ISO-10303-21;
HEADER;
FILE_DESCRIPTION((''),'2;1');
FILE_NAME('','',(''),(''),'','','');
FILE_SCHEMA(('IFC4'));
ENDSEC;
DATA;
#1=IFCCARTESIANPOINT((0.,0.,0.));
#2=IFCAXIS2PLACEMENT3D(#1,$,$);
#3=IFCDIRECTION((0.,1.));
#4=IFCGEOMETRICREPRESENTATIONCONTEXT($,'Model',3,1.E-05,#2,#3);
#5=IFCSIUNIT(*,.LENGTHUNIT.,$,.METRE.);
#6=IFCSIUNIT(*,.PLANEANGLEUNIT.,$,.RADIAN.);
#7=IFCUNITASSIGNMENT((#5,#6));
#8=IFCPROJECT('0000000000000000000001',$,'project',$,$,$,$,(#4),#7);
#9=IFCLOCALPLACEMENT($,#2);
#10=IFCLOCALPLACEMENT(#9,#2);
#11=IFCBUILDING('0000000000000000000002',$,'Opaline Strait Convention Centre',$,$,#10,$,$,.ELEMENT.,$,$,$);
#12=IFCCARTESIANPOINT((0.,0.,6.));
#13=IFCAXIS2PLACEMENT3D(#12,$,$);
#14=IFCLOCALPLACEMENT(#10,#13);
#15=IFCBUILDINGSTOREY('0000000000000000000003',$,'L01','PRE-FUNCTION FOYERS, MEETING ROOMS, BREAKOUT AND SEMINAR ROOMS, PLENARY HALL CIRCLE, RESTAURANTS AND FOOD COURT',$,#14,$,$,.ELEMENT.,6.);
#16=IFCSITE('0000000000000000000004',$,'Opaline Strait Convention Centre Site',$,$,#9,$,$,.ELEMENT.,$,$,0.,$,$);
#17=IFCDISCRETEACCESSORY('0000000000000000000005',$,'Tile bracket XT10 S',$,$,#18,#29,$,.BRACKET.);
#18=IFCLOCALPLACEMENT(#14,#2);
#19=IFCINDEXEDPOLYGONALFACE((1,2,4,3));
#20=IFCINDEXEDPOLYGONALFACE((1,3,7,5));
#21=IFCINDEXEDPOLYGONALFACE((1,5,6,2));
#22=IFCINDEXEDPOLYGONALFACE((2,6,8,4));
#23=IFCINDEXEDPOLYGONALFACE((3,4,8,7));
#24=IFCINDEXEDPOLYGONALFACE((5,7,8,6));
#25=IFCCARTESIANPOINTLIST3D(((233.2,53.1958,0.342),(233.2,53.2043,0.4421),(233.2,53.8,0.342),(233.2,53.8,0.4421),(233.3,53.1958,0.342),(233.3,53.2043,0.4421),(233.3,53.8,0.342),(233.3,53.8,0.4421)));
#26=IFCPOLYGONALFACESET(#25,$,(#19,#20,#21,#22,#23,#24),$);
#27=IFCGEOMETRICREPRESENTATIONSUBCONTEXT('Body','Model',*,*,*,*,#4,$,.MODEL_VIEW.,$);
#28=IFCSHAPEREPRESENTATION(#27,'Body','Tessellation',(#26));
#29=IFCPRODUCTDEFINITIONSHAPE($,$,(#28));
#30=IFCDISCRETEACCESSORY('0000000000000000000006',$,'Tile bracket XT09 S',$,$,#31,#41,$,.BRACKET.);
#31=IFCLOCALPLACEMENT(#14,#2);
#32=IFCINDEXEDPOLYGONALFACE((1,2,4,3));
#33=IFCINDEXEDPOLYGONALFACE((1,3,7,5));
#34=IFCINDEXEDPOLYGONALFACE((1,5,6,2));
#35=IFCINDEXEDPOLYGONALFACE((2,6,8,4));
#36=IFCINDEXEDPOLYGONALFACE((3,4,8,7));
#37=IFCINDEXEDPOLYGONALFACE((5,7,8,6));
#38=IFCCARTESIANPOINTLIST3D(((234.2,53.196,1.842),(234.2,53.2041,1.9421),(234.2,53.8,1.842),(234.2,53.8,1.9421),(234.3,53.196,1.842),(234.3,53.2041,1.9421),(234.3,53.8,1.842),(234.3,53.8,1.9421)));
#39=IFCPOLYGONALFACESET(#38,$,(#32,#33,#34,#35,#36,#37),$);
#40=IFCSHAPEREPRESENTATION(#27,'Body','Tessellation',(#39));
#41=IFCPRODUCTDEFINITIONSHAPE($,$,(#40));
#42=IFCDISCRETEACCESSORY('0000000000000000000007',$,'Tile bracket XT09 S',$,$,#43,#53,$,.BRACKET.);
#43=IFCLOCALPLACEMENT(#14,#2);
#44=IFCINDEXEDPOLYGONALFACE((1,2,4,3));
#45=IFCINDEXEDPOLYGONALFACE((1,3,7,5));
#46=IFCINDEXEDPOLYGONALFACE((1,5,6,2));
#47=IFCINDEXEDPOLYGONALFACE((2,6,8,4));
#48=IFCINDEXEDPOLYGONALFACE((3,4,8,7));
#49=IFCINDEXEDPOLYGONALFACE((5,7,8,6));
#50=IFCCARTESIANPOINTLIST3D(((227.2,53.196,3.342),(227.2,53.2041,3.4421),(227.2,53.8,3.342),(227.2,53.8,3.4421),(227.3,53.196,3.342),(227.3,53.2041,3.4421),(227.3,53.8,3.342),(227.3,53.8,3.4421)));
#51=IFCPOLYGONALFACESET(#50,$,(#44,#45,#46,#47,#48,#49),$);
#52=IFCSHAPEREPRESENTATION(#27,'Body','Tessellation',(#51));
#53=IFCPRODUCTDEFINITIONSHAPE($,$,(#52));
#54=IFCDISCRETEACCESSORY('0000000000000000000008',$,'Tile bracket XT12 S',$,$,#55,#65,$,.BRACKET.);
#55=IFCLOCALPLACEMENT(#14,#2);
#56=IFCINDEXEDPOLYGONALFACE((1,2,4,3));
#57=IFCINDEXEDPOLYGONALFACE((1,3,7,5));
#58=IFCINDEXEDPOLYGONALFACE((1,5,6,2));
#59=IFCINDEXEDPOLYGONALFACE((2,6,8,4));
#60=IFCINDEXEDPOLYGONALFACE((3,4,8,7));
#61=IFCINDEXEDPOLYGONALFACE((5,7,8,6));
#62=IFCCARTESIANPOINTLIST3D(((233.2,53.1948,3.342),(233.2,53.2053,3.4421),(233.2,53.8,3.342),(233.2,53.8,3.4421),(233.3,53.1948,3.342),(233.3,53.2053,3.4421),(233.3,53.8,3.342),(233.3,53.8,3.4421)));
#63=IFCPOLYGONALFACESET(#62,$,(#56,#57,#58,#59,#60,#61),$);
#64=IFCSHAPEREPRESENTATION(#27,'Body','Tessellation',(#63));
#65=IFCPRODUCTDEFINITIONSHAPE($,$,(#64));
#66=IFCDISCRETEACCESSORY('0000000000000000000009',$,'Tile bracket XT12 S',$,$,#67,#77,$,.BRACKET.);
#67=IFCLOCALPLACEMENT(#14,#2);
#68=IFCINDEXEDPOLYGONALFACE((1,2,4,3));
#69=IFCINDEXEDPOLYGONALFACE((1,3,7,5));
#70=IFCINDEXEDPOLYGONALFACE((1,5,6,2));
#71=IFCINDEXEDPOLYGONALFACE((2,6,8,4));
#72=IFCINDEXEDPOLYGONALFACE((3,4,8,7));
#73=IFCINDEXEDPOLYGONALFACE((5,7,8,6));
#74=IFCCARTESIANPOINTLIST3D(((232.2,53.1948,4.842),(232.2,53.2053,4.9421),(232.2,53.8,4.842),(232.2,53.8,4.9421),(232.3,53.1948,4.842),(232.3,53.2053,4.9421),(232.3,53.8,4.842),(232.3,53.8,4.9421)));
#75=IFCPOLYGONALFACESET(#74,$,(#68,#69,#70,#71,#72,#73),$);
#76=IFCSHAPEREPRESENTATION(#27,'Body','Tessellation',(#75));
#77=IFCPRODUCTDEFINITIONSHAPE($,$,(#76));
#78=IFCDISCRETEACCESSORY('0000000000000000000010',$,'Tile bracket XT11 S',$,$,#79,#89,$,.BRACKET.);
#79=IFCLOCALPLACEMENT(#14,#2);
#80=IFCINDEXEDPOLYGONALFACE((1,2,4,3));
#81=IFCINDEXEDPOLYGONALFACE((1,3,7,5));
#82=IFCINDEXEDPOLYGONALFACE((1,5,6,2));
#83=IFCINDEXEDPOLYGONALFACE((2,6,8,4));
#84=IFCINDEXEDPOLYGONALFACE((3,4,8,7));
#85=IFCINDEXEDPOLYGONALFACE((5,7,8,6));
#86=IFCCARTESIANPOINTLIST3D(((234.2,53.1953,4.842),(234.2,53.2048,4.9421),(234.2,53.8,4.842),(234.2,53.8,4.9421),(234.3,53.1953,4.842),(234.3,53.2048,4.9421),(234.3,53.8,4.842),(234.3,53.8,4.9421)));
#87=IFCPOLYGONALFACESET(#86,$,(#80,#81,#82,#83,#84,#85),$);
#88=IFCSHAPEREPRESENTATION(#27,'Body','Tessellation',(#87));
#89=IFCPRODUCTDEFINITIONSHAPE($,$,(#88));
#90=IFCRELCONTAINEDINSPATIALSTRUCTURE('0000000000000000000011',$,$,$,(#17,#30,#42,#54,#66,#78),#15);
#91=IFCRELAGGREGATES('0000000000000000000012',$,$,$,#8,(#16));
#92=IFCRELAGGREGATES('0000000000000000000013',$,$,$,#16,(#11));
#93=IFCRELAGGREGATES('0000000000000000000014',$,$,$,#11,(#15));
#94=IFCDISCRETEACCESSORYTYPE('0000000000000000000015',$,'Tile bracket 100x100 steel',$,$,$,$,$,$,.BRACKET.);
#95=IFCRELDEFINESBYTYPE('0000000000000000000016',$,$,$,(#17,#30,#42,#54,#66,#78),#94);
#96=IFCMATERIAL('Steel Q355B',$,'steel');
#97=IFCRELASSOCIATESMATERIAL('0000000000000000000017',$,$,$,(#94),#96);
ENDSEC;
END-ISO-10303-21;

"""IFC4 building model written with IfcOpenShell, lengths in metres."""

from ifc_helpers import new_model, si_unit, direction, frame, origin, place, context, subcontext, project, spatial, polyline, outline, extrude, material, type_object, element, save


model = new_model("IFC4")

# Units and contexts
model_context = context("Model", 3, precision=1e-05, world=origin(), true_north=direction((0.0, 1.0)))
body_context = subcontext(model_context, "Body", "Model", "MODEL_VIEW")
ifc_project = project(units=[si_unit("LENGTHUNIT", "METRE"), si_unit("PLANEANGLEUNIT", "RADIAN")], contexts=[model_context])

# Site, building, storey
site_placement = place(None, origin())
site = spatial("IfcSite", under=ifc_project, at=site_placement, Name="Opaline Strait Convention Centre Site", CompositionType="ELEMENT", RefElevation=0.0)
building_placement = place(site_placement, origin())
building = spatial("IfcBuilding", under=site, at=building_placement, Name="Opaline Strait Convention Centre", CompositionType="ELEMENT")
storey_placement = place(building_placement, frame((0.0, 0.0, 6.0)))
storey = spatial("IfcBuildingStorey", under=building, at=storey_placement, Name="L01", Description="PRE-FUNCTION FOYERS, MEETING ROOMS, BREAKOUT AND SEMINAR ROOMS, PLENARY HALL CIRCLE, RESTAURANTS AND FOOD COURT", CompositionType="ELEMENT", Elevation=6.0)

# Shared definitions
ifc_material_1 = material(Name="Steel Q355B", Category="steel")

# Discrete accessories
discrete_accessory_type = type_object("IfcDiscreteAccessoryType", Name="Tile bracket 100x100 steel", PredefinedType="BRACKET", material=ifc_material_1)
discrete_accessory_1_placement = place(storey_placement, frame((233.2, 53.8, 0.3921), z_axis=(1.0, 0.0, 0.0), x_axis=(0.0, 1.0, 0.0)))
element("IfcDiscreteAccessory", 1, at=discrete_accessory_1_placement, inside=storey, type_object=discrete_accessory_type, Name="Tile bracket XT10 S", PredefinedType="BRACKET", context=body_context, shape_type="SweptSolid", body=[
    extrude(outline(polyline([(0.0, -0.05), (0.0, 0.05), (-0.5957, 0.05), (-0.6042, -0.05), (0.0, -0.05)])), origin(), (0.0, 0.0, 1.0), 0.1001),
])
for number, where, z_axis, x_axis, name in (
    (2, (234.2, 53.8, 1.8921), (1.0, 0.0, 0.0), (0.0, 1.0, 0.0), "Tile bracket XT09 S"),
    (3, (227.2, 53.8, 3.3921), (1.0, 0.0, 0.0), (0.0, 1.0, 0.0), "Tile bracket XT09 S"),
):
    element("IfcDiscreteAccessory", number, at=place(storey_placement, frame(where, z_axis=z_axis, x_axis=x_axis)), inside=storey, type_object=discrete_accessory_type, Name=name, PredefinedType="BRACKET", context=body_context, shape_type="SweptSolid", body=[
        extrude(outline(polyline([(0.0, -0.05), (0.0, 0.05), (-0.5959, 0.05), (-0.604, -0.05), (0.0, -0.05)])), origin(), (0.0, 0.0, 1.0), 0.1001),
    ])
for number, where, z_axis, x_axis, name in (
    (4, (233.2, 53.8, 3.3921), (1.0, 0.0, 0.0), (0.0, 1.0, 0.0), "Tile bracket XT12 S"),
    (5, (232.2, 53.8, 4.8921), (1.0, 0.0, 0.0), (0.0, 1.0, 0.0), "Tile bracket XT12 S"),
):
    element("IfcDiscreteAccessory", number, at=place(storey_placement, frame(where, z_axis=z_axis, x_axis=x_axis)), inside=storey, type_object=discrete_accessory_type, Name=name, PredefinedType="BRACKET", context=body_context, shape_type="SweptSolid", body=[
        extrude(outline(polyline([(0.0, -0.05), (0.0, 0.05), (-0.5947, 0.05), (-0.6052, -0.05), (0.0, -0.05)])), origin(), (0.0, 0.0, 1.0), 0.1001),
    ])
discrete_accessory_2_placement = place(storey_placement, frame((234.2, 53.8, 4.8921), z_axis=(1.0, 0.0, 0.0), x_axis=(0.0, 1.0, 0.0)))
element("IfcDiscreteAccessory", 6, at=discrete_accessory_2_placement, inside=storey, type_object=discrete_accessory_type, Name="Tile bracket XT11 S", PredefinedType="BRACKET", context=body_context, shape_type="SweptSolid", body=[
    extrude(outline(polyline([(0.0, -0.05), (0.0, 0.05), (-0.5952, 0.05), (-0.6047, -0.05), (0.0, -0.05)])), origin(), (0.0, 0.0, 1.0), 0.1001),
])

save(model, "model.ifc")
